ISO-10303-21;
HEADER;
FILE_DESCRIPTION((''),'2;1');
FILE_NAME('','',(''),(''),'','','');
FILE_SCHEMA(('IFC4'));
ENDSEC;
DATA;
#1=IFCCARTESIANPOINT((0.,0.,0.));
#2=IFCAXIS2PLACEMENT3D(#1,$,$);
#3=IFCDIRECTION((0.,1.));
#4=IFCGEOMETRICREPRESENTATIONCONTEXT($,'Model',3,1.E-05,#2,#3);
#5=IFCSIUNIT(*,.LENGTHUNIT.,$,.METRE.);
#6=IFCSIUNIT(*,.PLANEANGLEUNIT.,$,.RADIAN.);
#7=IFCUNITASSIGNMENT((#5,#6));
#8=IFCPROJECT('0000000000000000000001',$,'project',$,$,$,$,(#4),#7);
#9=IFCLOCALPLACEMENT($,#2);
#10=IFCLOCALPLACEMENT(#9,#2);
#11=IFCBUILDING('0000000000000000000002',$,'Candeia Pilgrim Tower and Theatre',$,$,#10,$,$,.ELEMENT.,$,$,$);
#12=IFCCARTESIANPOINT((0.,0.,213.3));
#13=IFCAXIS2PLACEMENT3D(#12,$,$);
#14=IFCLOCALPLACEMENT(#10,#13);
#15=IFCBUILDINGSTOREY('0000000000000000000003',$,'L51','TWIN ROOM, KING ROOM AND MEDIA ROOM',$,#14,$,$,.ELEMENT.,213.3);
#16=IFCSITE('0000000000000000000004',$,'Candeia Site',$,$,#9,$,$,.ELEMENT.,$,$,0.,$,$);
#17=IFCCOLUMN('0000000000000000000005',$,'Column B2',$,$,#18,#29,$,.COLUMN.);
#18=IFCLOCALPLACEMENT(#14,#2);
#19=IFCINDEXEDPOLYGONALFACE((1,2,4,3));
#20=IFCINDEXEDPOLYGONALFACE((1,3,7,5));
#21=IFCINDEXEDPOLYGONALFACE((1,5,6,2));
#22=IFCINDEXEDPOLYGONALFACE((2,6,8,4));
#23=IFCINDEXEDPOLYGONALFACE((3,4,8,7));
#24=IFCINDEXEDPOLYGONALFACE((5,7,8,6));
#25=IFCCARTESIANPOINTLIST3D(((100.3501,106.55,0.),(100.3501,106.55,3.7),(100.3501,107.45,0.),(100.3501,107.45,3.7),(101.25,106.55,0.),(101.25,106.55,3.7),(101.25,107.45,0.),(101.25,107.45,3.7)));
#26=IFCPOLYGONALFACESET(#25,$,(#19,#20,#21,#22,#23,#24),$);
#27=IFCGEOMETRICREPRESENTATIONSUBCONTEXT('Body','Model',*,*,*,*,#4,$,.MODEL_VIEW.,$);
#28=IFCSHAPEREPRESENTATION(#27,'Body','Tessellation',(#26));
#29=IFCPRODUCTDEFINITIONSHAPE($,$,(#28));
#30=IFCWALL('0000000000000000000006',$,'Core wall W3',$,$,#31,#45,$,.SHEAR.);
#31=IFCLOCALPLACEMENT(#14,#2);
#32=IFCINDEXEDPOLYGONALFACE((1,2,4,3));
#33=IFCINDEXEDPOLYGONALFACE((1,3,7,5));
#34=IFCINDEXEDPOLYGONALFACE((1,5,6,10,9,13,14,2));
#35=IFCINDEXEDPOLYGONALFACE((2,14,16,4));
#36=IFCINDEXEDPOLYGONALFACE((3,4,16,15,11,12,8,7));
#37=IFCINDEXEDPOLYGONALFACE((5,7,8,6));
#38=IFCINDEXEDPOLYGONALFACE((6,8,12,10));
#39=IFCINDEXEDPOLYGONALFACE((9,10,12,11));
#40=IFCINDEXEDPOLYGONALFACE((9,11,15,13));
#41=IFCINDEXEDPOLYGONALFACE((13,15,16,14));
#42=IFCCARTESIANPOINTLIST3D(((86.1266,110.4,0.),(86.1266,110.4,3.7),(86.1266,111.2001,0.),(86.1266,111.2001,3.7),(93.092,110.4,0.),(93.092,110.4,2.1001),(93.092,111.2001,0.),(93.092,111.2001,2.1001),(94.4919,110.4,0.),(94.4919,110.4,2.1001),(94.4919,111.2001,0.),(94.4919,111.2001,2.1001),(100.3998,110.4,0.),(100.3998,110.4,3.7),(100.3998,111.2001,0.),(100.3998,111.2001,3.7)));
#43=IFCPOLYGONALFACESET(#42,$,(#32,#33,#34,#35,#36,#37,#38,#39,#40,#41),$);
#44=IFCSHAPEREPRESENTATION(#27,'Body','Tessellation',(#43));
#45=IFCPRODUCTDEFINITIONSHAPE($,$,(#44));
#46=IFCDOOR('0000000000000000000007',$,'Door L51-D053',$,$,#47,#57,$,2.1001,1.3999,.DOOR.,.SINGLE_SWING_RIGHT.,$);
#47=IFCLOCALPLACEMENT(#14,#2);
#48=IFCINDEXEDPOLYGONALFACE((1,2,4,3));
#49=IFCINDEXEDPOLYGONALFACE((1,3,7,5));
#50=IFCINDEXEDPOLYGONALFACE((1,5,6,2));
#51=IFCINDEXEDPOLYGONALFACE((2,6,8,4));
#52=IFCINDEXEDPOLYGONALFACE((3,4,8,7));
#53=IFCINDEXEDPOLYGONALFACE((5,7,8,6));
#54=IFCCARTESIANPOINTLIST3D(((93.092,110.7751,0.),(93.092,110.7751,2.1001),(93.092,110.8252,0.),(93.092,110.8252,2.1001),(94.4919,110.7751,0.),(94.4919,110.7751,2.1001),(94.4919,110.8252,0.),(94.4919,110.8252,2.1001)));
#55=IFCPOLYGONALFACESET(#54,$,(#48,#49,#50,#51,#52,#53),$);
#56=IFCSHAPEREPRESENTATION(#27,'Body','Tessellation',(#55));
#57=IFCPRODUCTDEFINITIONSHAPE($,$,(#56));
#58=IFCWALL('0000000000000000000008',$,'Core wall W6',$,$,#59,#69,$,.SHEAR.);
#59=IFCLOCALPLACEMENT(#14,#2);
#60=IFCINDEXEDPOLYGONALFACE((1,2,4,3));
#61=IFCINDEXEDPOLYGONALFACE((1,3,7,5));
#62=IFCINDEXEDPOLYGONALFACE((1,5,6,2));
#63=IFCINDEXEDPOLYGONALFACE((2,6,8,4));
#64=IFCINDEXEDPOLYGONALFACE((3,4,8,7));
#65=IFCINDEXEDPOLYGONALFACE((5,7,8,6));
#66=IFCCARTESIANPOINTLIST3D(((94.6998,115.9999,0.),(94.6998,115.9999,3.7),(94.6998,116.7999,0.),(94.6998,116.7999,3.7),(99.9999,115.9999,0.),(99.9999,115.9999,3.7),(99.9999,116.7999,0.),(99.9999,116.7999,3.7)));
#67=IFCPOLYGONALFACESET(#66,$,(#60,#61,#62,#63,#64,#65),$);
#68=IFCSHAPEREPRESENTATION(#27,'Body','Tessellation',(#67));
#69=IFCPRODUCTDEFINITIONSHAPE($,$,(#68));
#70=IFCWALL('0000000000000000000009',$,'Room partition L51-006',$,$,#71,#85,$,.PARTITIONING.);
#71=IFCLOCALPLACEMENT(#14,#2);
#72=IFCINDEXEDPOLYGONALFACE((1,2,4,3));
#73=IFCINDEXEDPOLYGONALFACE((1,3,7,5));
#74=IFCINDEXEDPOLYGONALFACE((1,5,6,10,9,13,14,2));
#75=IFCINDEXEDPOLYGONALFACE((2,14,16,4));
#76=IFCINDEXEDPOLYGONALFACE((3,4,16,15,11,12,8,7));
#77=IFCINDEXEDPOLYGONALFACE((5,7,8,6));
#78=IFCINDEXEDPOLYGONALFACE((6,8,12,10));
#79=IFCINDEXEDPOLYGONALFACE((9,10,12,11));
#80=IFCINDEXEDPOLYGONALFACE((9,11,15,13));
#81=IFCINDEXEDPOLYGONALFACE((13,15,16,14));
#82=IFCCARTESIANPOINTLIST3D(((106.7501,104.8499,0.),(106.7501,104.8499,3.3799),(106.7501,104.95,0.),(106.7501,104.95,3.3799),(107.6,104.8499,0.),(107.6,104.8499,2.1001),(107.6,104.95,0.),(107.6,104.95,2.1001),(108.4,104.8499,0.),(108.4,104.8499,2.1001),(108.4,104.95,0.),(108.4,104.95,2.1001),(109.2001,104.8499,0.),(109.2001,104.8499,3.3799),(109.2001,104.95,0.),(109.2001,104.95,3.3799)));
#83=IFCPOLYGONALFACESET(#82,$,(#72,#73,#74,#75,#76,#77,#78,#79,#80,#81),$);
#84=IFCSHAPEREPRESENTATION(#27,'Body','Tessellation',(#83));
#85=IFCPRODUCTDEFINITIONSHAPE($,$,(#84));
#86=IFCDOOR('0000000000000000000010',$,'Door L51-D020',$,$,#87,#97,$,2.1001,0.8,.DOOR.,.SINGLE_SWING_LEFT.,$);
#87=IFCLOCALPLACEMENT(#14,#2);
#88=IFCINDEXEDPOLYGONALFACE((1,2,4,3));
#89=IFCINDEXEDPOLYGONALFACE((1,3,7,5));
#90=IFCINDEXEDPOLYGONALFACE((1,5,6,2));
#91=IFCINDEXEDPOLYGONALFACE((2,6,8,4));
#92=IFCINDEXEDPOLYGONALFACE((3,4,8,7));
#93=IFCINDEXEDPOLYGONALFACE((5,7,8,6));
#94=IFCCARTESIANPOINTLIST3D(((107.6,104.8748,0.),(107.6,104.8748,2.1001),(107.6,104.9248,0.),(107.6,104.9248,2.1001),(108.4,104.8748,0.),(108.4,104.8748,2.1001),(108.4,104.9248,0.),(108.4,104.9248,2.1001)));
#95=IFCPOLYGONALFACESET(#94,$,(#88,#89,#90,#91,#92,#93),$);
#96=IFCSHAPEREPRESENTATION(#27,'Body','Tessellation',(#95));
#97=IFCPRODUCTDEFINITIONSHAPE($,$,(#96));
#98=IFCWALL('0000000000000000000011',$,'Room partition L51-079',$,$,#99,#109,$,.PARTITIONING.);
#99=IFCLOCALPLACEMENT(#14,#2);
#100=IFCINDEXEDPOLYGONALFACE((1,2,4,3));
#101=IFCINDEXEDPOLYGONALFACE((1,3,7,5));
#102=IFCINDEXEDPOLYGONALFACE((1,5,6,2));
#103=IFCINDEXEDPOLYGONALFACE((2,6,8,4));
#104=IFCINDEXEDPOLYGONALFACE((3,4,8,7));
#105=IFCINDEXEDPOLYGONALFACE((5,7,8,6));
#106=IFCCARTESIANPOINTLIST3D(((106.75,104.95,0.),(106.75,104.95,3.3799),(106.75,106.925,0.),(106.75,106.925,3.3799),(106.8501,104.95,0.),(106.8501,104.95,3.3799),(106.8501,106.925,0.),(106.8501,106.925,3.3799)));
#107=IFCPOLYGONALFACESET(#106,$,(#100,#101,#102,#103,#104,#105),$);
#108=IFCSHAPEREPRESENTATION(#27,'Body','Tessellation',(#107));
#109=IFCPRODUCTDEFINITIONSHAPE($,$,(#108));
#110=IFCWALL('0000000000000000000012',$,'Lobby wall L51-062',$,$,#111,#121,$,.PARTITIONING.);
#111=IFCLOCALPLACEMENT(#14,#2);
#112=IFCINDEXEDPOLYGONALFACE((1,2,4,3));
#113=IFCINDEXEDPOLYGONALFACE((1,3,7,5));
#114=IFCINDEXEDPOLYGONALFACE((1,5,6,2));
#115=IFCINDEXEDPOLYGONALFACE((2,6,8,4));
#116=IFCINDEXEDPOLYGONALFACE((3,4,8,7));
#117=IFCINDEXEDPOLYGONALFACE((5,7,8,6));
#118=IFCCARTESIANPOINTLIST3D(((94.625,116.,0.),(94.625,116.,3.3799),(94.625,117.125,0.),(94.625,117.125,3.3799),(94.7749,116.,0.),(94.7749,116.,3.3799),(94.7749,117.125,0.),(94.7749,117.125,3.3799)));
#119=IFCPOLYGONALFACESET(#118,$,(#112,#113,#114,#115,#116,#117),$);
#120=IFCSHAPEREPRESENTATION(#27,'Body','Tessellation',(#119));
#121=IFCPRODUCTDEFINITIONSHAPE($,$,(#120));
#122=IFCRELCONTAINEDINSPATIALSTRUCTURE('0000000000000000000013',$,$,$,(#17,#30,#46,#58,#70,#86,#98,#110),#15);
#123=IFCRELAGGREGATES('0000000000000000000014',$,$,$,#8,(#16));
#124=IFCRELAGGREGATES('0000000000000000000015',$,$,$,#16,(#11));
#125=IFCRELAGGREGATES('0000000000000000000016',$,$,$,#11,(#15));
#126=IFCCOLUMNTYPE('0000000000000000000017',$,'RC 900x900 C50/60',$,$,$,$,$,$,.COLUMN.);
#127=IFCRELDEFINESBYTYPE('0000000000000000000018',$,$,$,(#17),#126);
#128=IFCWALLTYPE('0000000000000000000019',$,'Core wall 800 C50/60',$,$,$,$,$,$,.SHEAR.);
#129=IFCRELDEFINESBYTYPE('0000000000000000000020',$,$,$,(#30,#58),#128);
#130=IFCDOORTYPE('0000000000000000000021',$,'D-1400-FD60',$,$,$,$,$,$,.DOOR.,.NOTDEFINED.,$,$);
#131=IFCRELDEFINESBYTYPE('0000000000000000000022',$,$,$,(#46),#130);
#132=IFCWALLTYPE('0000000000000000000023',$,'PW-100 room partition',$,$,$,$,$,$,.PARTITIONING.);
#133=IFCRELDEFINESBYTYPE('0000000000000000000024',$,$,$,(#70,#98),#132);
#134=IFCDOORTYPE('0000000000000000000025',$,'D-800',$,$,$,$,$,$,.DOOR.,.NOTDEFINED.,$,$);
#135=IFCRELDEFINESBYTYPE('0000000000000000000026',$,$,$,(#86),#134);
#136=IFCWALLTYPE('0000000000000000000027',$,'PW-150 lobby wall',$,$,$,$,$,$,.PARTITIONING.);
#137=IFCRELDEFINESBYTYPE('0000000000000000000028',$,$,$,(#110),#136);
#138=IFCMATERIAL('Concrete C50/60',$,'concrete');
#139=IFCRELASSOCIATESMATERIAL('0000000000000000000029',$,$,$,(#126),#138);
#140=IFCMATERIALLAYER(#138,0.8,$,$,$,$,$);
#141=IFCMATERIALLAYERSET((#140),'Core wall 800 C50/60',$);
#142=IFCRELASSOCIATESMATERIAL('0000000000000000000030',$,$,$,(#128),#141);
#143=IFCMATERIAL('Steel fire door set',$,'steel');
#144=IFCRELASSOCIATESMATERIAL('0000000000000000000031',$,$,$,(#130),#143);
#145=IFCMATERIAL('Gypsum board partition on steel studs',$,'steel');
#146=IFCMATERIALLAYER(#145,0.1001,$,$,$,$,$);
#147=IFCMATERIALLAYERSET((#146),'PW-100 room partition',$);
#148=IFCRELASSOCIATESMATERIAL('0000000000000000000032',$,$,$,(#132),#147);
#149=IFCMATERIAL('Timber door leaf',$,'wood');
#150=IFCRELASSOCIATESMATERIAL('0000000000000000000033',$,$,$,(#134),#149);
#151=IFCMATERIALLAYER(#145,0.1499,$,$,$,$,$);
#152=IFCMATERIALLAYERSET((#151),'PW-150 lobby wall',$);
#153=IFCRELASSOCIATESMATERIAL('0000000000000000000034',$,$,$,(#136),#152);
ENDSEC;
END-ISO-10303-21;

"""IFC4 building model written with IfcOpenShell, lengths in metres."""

from ifc_helpers import new_model, si_unit, direction, frame, frame_2d, origin, origin_2d, place, context, subcontext, project, spatial, rectangle, extrude, material, layer, layer_set, material_profile, profile_set, type_object, element, fill, save


model = new_model("IFC4")

# Units and contexts
model_context = context("Model", 3, precision=1e-05, world=origin(), true_north=direction((0.0, 1.0)))
body_context = subcontext(model_context, "Body", "Model", "MODEL_VIEW")
ifc_project = project(units=[si_unit("LENGTHUNIT", "METRE"), si_unit("PLANEANGLEUNIT", "RADIAN")], contexts=[model_context])

# Site, building, storey
site_placement = place(None, origin())
site = spatial("IfcSite", under=ifc_project, at=site_placement, Name="Candeia Site", CompositionType="ELEMENT", RefElevation=0.0)
building_placement = place(site_placement, origin())
building = spatial("IfcBuilding", under=site, at=building_placement, Name="Candeia Pilgrim Tower and Theatre", CompositionType="ELEMENT")
storey_placement = place(building_placement, frame((0.0, 0.0, 213.3)))
storey = spatial("IfcBuildingStorey", under=building, at=storey_placement, Name="L51", Description="TWIN ROOM, KING ROOM AND MEDIA ROOM", CompositionType="ELEMENT", Elevation=213.3)

# Column
ifc_material_1 = material(Name="Concrete C50/60", Category="concrete")
ifc_material_profile = material_profile(ifc_material_1, rectangle(XDim=0.8999, YDim=0.8999, at=origin_2d()))
ifc_profile_set = profile_set([ifc_material_profile], Name="Concrete C50/60")
column_type = type_object("IfcColumnType", Name="RC 900x900 C50/60", PredefinedType="COLUMN", material=ifc_profile_set)
column_placement = place(storey_placement, frame((100.8, 107.0, 0.0), z_axis=(0.0, 0.0, 1.0), x_axis=(1.0, 0.0, 0.0)))
element("IfcColumn", 1, at=column_placement, inside=storey, type_object=column_type, Name="Column B2", PredefinedType="COLUMN", context=body_context, shape_type="SweptSolid", body=[
    extrude(rectangle(XDim=0.8999, YDim=0.8999, at=origin_2d()), origin(), (0.0, 0.0, 1.0), 3.7),
])

# Wall, opening, door
ifc_layer_1 = layer(ifc_material_1, 0.8)
ifc_layer_set_1 = layer_set([ifc_layer_1], Name="Core wall 800 C50/60")
wall_type_1 = type_object("IfcWallType", Name="Core wall 800 C50/60", PredefinedType="SHEAR", material=ifc_layer_set_1)
wall_1_placement = place(storey_placement, frame((100.3999, 110.8, 0.0), z_axis=(0.0, 0.0, 1.0), x_axis=(-1.0, 0.0, 0.0)))
wall_1 = element("IfcWall", 2, at=wall_1_placement, inside=storey, type_object=wall_type_1, Name="Core wall W3", PredefinedType="SHEAR", context=body_context, shape_type="SweptSolid", body=[
    extrude(rectangle(XDim=14.2732, YDim=0.8, at=frame_2d((7.1367, 0.0))), origin(), (0.0, 0.0, 1.0), 3.7),
])
opening_1_placement = place(wall_1_placement, frame((5.908, 0.0, 0.0)))
opening_1 = element("IfcOpeningElement", 3, at=opening_1_placement, cuts=wall_1, PredefinedType="OPENING", context=body_context, shape_type="SweptSolid", body=[
    extrude(rectangle(XDim=1.3999, YDim=2.1001, at=frame_2d((0.7, 1.05))), frame((0.0, 0.4102, 0.0), z_axis=(0.0, -1.0, 0.0), x_axis=(1.0, 0.0, 0.0)), (0.0, 0.0, 1.0), 0.8201),
])
ifc_material_2 = material(Name="Steel fire door set", Category="steel")
door_type_1 = type_object("IfcDoorType", Name="D-1400-FD60", OperationType="NOTDEFINED", PredefinedType="DOOR", material=ifc_material_2)
door_1_placement = place(opening_1_placement, origin())
door_1 = element("IfcDoor", 4, at=door_1_placement, inside=storey, type_object=door_type_1, Name="Door L51-D053", OperationType="SINGLE_SWING_RIGHT", OverallHeight=2.1001, OverallWidth=1.3999, PredefinedType="DOOR", context=body_context, shape_type="SweptSolid", body=[
    extrude(rectangle(XDim=1.3999, YDim=2.1001, at=frame_2d((0.7, 1.05))), frame((0.0, 0.0249, 0.0), z_axis=(0.0, -1.0, 0.0), x_axis=(1.0, 0.0, 0.0)), (0.0, 0.0, 1.0), 0.05),
])
fill(opening_1, door_1)

# Wall
wall_2_placement = place(storey_placement, frame((94.7, 116.3999, 0.0), z_axis=(0.0, 0.0, 1.0), x_axis=(1.0, 0.0, 0.0)))
element("IfcWall", 5, at=wall_2_placement, inside=storey, type_object=wall_type_1, Name="Core wall W6", PredefinedType="SHEAR", context=body_context, shape_type="SweptSolid", body=[
    extrude(rectangle(XDim=5.3, YDim=0.8, at=frame_2d((2.6499, 0.0))), origin(), (0.0, 0.0, 1.0), 3.7),
])

# Wall, opening, door
ifc_material_3 = material(Name="Gypsum board partition on steel studs", Category="steel")
ifc_layer_2 = layer(ifc_material_3, 0.1001)
ifc_layer_set_2 = layer_set([ifc_layer_2], Name="PW-100 room partition")
wall_type_2 = type_object("IfcWallType", Name="PW-100 room partition", PredefinedType="PARTITIONING", material=ifc_layer_set_2)
wall_3_placement = place(storey_placement, frame((106.75, 104.8999, 0.0), z_axis=(0.0, 0.0, 1.0), x_axis=(1.0, 0.0, 0.0)))
wall_3 = element("IfcWall", 6, at=wall_3_placement, inside=storey, type_object=wall_type_2, Name="Room partition L51-006", PredefinedType="PARTITIONING", context=body_context, shape_type="SweptSolid", body=[
    extrude(rectangle(XDim=2.45, YDim=0.1001, at=frame_2d((1.2251, 0.0))), origin(), (0.0, 0.0, 1.0), 3.3799),
])
opening_2_placement = place(wall_3_placement, frame((0.8501, 0.0, 0.0)))
opening_2 = element("IfcOpeningElement", 7, at=opening_2_placement, cuts=wall_3, PredefinedType="OPENING", context=body_context, shape_type="SweptSolid", body=[
    extrude(rectangle(XDim=0.8, YDim=2.1001, at=frame_2d((0.3999, 1.05))), frame((0.0, 0.0601, 0.0), z_axis=(0.0, -1.0, 0.0), x_axis=(1.0, 0.0, 0.0)), (0.0, 0.0, 1.0), 0.1201),
])
ifc_material_4 = material(Name="Timber door leaf", Category="wood")
door_type_2 = type_object("IfcDoorType", Name="D-800", OperationType="NOTDEFINED", PredefinedType="DOOR", material=ifc_material_4)
door_2_placement = place(opening_2_placement, origin())
door_2 = element("IfcDoor", 8, at=door_2_placement, inside=storey, type_object=door_type_2, Name="Door L51-D020", OperationType="SINGLE_SWING_LEFT", OverallHeight=2.1001, OverallWidth=0.8, PredefinedType="DOOR", context=body_context, shape_type="SweptSolid", body=[
    extrude(rectangle(XDim=0.8, YDim=2.1001, at=frame_2d((0.3999, 1.05))), frame((0.0, 0.0249, 0.0), z_axis=(0.0, -1.0, 0.0), x_axis=(1.0, 0.0, 0.0)), (0.0, 0.0, 1.0), 0.05),
])
fill(opening_2, door_2)

# Walls
wall_4_placement = place(storey_placement, frame((106.8, 104.95, 0.0), z_axis=(0.0, 0.0, 1.0), x_axis=(0.0, 1.0, 0.0)))
element("IfcWall", 9, at=wall_4_placement, inside=storey, type_object=wall_type_2, Name="Room partition L51-079", PredefinedType="PARTITIONING", context=body_context, shape_type="SweptSolid", body=[
    extrude(rectangle(XDim=1.9751, YDim=0.1001, at=frame_2d((0.9875, 0.0))), origin(), (0.0, 0.0, 1.0), 3.3799),
])
ifc_layer_3 = layer(ifc_material_3, 0.1499)
ifc_layer_set_3 = layer_set([ifc_layer_3], Name="PW-150 lobby wall")
wall_type_3 = type_object("IfcWallType", Name="PW-150 lobby wall", PredefinedType="PARTITIONING", material=ifc_layer_set_3)
wall_5_placement = place(storey_placement, frame((94.7, 116.0, 0.0), z_axis=(0.0, 0.0, 1.0), x_axis=(0.0, 1.0, 0.0)))
element("IfcWall", 10, at=wall_5_placement, inside=storey, type_object=wall_type_3, Name="Lobby wall L51-062", PredefinedType="PARTITIONING", context=body_context, shape_type="SweptSolid", body=[
    extrude(rectangle(XDim=1.125, YDim=0.1499, at=frame_2d((0.5625, 0.0))), origin(), (0.0, 0.0, 1.0), 3.3799),
])

save(model, "model.ifc")
